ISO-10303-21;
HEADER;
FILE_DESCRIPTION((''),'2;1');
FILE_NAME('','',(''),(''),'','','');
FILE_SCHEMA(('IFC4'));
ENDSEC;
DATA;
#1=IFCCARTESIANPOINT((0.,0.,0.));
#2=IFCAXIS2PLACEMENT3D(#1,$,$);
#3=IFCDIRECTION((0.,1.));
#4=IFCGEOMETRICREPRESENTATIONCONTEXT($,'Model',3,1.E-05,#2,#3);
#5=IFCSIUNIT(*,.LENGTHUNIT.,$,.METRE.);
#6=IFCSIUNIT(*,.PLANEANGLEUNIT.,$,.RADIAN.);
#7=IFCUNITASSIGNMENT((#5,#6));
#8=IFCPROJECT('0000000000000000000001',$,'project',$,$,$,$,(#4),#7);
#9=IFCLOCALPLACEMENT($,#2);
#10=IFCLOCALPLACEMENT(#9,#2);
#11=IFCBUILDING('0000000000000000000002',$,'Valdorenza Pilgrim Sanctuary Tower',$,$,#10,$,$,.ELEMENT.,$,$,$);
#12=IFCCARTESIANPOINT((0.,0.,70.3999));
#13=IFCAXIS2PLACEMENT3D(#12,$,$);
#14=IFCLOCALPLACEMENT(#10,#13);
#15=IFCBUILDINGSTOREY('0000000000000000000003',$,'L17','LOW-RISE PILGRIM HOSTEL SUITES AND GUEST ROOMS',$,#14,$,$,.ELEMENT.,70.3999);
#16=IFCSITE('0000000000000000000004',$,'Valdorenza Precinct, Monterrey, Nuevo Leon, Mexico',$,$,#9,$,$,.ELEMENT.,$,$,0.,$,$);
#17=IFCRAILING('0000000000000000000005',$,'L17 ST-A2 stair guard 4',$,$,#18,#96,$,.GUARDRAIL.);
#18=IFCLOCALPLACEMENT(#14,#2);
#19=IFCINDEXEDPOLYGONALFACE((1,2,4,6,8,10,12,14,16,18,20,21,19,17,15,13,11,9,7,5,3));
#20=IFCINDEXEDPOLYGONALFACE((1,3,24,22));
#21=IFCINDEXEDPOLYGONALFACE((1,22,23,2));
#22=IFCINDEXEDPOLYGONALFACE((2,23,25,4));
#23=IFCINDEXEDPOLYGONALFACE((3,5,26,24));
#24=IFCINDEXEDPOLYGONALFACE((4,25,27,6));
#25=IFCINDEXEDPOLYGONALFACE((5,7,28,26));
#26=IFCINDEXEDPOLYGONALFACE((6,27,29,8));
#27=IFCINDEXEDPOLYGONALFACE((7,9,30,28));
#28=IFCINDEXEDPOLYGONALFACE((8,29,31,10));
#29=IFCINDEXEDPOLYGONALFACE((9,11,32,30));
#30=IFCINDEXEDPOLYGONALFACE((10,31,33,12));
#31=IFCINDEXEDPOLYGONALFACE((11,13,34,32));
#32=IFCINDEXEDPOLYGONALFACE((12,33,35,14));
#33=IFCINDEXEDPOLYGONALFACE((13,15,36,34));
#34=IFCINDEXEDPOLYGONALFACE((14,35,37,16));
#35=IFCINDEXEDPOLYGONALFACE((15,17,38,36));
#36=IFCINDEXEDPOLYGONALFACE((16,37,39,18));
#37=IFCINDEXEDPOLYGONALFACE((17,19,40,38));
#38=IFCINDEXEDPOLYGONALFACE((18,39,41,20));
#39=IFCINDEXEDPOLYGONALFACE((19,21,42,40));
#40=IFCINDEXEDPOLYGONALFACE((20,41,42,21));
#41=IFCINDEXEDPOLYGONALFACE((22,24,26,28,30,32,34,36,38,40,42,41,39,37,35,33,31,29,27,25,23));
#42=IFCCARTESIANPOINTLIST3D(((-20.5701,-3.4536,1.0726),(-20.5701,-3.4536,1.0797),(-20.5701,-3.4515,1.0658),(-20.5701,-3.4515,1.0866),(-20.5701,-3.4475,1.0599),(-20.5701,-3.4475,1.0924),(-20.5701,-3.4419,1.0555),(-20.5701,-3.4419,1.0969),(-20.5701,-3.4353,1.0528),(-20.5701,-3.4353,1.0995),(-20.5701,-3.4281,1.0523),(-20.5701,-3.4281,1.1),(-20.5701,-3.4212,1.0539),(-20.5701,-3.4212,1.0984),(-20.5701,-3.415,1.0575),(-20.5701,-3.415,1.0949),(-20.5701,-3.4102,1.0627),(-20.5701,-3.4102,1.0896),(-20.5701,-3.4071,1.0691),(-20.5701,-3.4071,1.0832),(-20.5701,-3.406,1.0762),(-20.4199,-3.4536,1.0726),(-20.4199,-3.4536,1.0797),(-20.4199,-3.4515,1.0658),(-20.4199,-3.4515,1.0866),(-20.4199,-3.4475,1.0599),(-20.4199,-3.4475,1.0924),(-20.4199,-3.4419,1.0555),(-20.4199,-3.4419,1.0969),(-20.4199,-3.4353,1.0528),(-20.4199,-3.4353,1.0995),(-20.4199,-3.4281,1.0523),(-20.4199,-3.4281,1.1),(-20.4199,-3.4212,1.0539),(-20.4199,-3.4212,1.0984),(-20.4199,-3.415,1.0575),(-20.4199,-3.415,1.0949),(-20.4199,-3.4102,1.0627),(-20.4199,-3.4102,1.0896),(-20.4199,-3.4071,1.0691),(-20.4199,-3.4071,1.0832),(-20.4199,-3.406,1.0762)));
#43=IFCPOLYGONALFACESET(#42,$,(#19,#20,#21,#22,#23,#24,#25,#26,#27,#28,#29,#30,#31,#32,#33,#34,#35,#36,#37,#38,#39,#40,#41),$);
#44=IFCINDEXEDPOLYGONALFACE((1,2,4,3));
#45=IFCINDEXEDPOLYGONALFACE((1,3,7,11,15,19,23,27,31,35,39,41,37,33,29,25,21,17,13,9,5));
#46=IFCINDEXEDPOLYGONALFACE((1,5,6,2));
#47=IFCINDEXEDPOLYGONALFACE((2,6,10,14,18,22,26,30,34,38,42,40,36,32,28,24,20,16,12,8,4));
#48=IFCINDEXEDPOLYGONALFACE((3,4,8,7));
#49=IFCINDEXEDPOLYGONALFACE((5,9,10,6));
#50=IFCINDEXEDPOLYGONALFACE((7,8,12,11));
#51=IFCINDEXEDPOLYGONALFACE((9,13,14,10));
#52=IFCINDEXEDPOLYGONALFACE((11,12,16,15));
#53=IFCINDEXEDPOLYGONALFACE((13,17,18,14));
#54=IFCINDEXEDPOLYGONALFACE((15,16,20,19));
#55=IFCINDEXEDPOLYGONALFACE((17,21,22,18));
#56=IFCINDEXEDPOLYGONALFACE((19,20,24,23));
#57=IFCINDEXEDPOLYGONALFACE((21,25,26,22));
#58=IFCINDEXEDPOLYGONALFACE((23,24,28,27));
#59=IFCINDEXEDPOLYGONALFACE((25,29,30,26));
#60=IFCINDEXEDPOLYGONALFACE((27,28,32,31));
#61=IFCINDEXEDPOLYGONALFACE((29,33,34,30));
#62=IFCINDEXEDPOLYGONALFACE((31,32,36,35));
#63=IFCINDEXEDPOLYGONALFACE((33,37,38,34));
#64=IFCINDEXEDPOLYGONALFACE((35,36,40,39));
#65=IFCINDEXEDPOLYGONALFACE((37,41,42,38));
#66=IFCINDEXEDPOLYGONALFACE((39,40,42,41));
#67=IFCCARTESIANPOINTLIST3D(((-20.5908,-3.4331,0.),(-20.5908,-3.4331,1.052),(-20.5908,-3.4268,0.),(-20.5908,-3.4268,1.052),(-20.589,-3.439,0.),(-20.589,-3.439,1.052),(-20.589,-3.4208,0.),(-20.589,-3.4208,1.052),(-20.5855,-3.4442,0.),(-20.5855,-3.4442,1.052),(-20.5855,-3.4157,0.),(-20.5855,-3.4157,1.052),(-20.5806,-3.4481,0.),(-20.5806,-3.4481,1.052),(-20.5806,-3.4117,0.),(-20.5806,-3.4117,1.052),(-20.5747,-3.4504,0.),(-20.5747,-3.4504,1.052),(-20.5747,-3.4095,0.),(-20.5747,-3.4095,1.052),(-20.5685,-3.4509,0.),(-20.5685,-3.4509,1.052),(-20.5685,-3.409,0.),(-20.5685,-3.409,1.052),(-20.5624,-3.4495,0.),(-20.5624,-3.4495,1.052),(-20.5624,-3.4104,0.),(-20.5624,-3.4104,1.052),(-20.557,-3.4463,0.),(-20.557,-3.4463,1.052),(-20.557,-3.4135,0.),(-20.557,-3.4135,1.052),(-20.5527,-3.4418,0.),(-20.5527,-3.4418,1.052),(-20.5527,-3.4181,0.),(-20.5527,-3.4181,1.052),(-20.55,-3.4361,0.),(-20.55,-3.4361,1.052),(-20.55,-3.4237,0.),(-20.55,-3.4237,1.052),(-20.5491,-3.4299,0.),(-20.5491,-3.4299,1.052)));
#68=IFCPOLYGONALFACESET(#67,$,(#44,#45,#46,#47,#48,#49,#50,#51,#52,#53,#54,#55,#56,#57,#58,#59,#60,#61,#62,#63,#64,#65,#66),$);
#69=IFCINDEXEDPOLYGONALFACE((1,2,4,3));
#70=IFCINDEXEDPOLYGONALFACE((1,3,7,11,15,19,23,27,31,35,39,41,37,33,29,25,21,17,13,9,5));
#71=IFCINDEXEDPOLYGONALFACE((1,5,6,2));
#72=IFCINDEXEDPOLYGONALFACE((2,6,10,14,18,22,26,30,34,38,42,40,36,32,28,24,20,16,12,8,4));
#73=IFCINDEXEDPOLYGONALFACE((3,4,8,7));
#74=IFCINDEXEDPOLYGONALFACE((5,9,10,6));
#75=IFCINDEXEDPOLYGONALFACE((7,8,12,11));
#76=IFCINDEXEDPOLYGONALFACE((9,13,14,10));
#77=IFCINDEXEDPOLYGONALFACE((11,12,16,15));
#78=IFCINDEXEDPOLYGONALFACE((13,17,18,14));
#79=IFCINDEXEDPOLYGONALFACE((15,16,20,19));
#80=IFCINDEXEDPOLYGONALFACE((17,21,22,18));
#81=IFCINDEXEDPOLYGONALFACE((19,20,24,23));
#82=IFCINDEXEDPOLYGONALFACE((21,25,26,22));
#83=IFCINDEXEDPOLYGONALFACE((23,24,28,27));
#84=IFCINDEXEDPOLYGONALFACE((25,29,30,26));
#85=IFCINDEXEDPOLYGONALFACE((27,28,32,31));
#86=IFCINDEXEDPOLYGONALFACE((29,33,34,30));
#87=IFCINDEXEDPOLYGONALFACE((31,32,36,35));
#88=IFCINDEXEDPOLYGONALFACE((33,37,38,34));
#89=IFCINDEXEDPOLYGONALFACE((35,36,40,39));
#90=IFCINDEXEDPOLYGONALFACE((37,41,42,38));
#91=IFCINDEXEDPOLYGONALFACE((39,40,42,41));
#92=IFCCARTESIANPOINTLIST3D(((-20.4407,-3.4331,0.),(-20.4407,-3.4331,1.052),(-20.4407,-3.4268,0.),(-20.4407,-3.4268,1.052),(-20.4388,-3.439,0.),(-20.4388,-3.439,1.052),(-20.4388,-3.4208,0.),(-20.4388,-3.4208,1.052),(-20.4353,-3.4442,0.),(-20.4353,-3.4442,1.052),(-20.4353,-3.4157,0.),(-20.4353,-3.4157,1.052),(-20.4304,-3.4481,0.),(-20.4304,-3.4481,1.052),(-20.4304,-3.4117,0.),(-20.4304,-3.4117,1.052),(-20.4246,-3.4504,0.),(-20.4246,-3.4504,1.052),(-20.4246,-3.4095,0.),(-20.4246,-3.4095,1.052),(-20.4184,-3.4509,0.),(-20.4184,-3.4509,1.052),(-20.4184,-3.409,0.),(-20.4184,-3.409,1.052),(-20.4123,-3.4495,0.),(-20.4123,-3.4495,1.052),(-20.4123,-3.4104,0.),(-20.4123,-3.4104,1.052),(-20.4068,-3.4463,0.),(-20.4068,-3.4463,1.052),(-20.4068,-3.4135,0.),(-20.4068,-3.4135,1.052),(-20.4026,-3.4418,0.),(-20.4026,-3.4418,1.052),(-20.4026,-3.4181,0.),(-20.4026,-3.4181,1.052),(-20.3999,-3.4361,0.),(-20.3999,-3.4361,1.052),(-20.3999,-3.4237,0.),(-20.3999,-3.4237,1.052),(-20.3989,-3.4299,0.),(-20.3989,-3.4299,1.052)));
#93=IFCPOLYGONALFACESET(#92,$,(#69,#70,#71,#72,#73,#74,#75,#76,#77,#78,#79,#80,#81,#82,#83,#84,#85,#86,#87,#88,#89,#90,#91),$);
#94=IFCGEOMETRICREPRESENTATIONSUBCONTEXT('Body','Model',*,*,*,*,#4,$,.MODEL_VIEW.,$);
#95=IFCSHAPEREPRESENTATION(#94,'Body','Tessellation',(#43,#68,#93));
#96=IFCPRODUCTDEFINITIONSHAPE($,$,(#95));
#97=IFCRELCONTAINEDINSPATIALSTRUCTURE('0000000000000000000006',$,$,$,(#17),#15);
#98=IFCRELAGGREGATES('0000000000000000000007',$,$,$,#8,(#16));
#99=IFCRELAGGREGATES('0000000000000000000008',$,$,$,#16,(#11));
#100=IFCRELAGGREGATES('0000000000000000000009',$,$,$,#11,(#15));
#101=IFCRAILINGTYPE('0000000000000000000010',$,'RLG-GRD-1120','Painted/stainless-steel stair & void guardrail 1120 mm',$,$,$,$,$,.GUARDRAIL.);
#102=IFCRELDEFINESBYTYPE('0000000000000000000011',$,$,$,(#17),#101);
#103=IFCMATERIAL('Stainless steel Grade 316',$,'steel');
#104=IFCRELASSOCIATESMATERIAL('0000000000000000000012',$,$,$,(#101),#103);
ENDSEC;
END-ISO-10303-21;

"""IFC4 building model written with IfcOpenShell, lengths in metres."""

from ifc_helpers import new_model, si_unit, direction, frame, origin, origin_2d, place, context, subcontext, project, spatial, circle, extrude, material, type_object, element, save


model = new_model("IFC4")

# Units and contexts
model_context = context("Model", 3, precision=1e-05, world=origin(), true_north=direction((0.0, 1.0)))
body_context = subcontext(model_context, "Body", "Model", "MODEL_VIEW")
ifc_project = project(units=[si_unit("LENGTHUNIT", "METRE"), si_unit("PLANEANGLEUNIT", "RADIAN")], contexts=[model_context])

# Site, building, storey
site_placement = place(None, origin())
site = spatial("IfcSite", under=ifc_project, at=site_placement, Name="Valdorenza Precinct, Monterrey, Nuevo Leon, Mexico", CompositionType="ELEMENT", RefElevation=0.0)
building_placement = place(site_placement, origin())
building = spatial("IfcBuilding", under=site, at=building_placement, Name="Valdorenza Pilgrim Sanctuary Tower", CompositionType="ELEMENT")
storey_placement = place(building_placement, frame((0.0, 0.0, 70.3999)))
storey = spatial("IfcBuildingStorey", under=building, at=storey_placement, Name="L17", Description="LOW-RISE PILGRIM HOSTEL SUITES AND GUEST ROOMS", CompositionType="ELEMENT", Elevation=70.3999)

# Railing
ifc_material_1 = material(Name="Stainless steel Grade 316", Category="steel")
railing_type_1 = type_object("IfcRailingType", Name="RLG-GRD-1120", Description="Painted/stainless-steel stair & void guardrail 1120 mm", PredefinedType="GUARDRAIL", material=ifc_material_1)
railing_1_placement = place(storey_placement, frame((-20.5701, -3.4299, 0.0)))
element("IfcRailing", 1, at=railing_1_placement, inside=storey, type_object=railing_type_1, Name="L17 ST-A2 stair guard 4", PredefinedType="GUARDRAIL", context=body_context, shape_type="SweptSolid", body=[
    extrude(circle(Radius=0.0239, at=origin_2d()), frame((0.0, 0.0, 1.0762), z_axis=(1.0, 0.0, 0.0), x_axis=(0.0, 1.0, 0.0)), (0.0, 0.0, 1.0), 0.1501),
    extrude(circle(Radius=0.021, at=origin_2d()), origin(), (0.0, 0.0, 1.0), 1.052),
    extrude(circle(Radius=0.021, at=origin_2d()), frame((0.1501, 0.0, 0.0)), (0.0, 0.0, 1.0), 1.052),
])

save(model, "model.ifc")
